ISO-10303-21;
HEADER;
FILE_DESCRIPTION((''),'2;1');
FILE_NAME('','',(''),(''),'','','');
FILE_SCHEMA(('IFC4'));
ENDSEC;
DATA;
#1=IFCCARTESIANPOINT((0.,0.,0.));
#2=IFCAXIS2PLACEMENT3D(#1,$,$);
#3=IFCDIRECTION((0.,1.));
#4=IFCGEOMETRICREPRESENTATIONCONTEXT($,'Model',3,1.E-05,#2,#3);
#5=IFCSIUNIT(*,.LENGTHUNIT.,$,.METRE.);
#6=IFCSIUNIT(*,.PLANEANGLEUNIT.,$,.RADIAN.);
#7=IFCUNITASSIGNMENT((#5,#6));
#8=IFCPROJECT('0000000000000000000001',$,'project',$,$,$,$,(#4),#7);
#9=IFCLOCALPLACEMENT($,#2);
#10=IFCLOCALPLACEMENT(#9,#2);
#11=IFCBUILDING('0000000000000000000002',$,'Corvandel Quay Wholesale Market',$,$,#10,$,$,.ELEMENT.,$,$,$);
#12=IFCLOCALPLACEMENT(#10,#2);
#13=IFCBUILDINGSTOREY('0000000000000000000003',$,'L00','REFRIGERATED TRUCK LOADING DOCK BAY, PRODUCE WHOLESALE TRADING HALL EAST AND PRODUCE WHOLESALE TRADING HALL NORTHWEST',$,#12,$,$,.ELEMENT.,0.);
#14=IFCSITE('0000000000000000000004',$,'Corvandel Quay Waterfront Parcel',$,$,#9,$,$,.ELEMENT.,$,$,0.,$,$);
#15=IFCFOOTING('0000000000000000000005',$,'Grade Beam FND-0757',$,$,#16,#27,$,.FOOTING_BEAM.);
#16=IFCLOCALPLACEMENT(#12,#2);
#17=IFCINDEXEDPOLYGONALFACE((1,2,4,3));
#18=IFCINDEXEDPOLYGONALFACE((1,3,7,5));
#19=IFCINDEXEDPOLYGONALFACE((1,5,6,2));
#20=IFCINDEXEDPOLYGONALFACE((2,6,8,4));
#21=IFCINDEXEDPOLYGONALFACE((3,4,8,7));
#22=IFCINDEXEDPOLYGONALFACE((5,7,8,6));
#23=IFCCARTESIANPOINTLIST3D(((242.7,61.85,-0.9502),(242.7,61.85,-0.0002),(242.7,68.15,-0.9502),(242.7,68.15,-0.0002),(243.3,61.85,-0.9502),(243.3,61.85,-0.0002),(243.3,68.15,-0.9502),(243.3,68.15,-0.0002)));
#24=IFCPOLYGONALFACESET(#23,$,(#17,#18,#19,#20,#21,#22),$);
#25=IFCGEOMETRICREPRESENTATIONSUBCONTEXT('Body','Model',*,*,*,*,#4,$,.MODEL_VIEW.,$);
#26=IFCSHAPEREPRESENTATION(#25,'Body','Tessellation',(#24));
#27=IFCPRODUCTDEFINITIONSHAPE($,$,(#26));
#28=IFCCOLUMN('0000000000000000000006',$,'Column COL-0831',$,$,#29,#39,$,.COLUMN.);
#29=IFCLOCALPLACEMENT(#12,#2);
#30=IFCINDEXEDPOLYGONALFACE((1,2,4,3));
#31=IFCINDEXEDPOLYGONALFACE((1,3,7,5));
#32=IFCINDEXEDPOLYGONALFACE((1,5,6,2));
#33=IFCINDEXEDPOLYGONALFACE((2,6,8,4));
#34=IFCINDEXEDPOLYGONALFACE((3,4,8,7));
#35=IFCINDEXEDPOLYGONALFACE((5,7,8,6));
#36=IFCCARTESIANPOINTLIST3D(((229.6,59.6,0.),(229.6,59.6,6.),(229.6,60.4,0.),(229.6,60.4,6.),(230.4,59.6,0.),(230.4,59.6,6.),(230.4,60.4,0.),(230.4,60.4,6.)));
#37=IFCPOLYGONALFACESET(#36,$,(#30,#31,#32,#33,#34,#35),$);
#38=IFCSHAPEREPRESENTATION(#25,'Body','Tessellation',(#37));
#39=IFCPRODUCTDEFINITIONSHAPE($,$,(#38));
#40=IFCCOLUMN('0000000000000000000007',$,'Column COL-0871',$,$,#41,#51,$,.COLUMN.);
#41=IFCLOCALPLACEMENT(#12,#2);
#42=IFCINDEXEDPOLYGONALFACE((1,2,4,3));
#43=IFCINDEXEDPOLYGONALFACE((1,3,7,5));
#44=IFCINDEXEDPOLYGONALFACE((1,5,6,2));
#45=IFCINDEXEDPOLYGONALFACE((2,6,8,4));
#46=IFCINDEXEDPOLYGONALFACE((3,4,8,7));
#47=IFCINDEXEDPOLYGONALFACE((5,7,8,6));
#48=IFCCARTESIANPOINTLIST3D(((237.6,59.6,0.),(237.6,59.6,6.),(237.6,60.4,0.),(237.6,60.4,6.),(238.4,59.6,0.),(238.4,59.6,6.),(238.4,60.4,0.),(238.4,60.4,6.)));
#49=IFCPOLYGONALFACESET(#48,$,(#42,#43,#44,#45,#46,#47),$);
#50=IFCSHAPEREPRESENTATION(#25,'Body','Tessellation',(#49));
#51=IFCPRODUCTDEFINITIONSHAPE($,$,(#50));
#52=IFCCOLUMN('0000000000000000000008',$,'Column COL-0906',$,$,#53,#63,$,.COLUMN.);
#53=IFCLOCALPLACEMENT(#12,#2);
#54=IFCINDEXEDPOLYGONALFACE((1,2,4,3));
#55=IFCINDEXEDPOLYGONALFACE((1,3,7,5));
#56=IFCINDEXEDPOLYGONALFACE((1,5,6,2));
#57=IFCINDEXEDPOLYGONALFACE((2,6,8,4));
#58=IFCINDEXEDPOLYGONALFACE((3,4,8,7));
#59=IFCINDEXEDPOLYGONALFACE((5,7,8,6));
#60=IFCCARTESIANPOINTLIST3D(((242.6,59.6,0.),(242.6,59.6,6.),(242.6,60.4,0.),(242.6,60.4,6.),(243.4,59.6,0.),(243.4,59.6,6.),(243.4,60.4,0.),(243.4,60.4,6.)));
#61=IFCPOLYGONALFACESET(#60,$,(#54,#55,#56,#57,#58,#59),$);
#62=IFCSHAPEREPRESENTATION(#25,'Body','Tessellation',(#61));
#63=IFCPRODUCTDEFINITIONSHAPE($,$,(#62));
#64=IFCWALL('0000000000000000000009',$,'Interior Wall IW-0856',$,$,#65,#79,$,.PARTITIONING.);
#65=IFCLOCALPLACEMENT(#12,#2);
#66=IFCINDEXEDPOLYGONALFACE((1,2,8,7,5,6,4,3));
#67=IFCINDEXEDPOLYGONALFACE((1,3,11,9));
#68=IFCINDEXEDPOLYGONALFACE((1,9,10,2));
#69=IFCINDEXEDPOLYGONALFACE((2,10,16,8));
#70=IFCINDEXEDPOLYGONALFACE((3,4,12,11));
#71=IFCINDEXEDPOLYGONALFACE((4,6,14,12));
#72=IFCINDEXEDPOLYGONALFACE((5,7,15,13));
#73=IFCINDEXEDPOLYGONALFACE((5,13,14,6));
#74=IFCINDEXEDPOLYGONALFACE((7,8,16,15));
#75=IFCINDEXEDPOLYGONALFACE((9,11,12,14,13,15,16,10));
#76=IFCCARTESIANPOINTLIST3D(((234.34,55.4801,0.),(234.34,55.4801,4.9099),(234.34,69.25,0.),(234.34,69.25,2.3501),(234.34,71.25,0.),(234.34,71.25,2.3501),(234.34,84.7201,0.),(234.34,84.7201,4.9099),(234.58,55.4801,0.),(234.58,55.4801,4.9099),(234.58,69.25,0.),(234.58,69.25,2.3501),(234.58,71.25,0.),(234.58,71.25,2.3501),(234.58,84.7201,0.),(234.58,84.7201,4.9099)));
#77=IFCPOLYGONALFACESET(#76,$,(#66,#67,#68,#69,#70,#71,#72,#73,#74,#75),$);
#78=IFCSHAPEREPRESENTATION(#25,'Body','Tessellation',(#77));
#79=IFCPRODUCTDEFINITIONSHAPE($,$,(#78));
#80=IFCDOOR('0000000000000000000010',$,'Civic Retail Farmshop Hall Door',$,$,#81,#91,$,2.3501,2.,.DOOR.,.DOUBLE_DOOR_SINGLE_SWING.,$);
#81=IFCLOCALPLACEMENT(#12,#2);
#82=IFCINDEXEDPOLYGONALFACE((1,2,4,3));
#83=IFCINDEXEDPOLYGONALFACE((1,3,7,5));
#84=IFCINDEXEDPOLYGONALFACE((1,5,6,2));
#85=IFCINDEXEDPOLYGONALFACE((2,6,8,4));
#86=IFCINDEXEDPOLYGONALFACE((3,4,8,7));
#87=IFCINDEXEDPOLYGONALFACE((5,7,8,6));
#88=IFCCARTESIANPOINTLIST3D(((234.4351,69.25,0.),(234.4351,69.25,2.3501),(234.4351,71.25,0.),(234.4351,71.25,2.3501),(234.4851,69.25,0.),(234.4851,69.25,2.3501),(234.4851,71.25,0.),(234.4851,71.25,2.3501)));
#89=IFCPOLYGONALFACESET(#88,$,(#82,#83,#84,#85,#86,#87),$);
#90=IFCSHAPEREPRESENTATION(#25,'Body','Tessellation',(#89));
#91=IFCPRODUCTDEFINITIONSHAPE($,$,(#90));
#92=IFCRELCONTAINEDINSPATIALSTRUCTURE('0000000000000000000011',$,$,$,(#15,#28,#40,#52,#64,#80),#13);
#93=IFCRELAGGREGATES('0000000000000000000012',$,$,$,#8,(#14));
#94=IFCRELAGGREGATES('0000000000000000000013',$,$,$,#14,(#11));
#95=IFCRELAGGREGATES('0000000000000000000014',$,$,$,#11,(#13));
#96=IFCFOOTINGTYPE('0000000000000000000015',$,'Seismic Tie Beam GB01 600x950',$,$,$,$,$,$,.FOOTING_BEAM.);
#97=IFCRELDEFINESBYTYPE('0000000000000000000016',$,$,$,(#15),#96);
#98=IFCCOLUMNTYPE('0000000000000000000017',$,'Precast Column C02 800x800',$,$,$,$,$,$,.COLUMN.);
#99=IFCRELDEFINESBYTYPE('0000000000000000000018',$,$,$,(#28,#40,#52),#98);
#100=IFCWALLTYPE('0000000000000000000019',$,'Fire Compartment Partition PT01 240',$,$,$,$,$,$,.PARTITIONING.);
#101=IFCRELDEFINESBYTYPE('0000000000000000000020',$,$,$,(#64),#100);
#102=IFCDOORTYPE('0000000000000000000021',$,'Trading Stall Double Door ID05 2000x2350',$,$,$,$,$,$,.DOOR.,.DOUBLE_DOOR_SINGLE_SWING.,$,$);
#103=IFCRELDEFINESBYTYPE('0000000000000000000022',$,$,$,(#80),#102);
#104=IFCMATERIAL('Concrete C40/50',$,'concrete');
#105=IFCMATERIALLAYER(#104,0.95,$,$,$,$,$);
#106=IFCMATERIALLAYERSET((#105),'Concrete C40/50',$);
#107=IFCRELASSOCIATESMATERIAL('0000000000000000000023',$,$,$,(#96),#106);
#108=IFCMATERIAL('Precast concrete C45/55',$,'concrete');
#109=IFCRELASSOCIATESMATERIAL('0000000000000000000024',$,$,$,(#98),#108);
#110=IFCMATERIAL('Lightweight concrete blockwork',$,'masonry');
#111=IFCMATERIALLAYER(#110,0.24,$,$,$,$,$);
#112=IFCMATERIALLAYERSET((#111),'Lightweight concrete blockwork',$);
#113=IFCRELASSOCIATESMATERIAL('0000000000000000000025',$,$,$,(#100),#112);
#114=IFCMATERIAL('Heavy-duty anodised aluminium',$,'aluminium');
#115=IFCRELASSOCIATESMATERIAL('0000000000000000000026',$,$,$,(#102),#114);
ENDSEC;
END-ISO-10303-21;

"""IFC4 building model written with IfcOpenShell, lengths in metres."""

from ifc_helpers import new_model, si_unit, direction, frame, frame_2d, origin, origin_2d, place, context, subcontext, project, spatial, rectangle, extrude, material, layer, layer_set, material_profile, profile_set, type_object, element, fill, save


model = new_model("IFC4")

# Units and contexts
model_context = context("Model", 3, precision=1e-05, world=origin(), true_north=direction((0.0, 1.0)))
body_context = subcontext(model_context, "Body", "Model", "MODEL_VIEW")
ifc_project = project(units=[si_unit("LENGTHUNIT", "METRE"), si_unit("PLANEANGLEUNIT", "RADIAN")], contexts=[model_context])

# Site, building, storey
site_placement = place(None, origin())
site = spatial("IfcSite", under=ifc_project, at=site_placement, Name="Corvandel Quay Waterfront Parcel", CompositionType="ELEMENT", RefElevation=0.0)
building_placement = place(site_placement, origin())
building = spatial("IfcBuilding", under=site, at=building_placement, Name="Corvandel Quay Wholesale Market", CompositionType="ELEMENT")
storey_placement = place(building_placement, origin())
storey = spatial("IfcBuildingStorey", under=building, at=storey_placement, Name="L00", Description="REFRIGERATED TRUCK LOADING DOCK BAY, PRODUCE WHOLESALE TRADING HALL EAST AND PRODUCE WHOLESALE TRADING HALL NORTHWEST", CompositionType="ELEMENT", Elevation=0.0)

# Shared definitions
ifc_material_1 = material(Name="Concrete C40/50", Category="concrete")

# Footing
ifc_layer_1 = layer(ifc_material_1, 0.95)
ifc_layer_set_1 = layer_set([ifc_layer_1], Name="Concrete C40/50")
footing_type_1 = type_object("IfcFootingType", Name="Seismic Tie Beam GB01 600x950", PredefinedType="FOOTING_BEAM", material=ifc_layer_set_1)
for number, where, z_axis, x_axis, name in (
    (1, (243.0, 65.0, -0.9502), (0.0, 0.0, 1.0), (0.0, 1.0, 0.0), "Grade Beam FND-0757"),
):
    element("IfcFooting", number, at=place(storey_placement, frame(where, z_axis=z_axis, x_axis=x_axis)), inside=storey, type_object=footing_type_1, Name=name, PredefinedType="FOOTING_BEAM", context=body_context, shape_type="SweptSolid", body=[
        extrude(rectangle(XDim=6.3, YDim=0.6001, at=origin_2d()), origin(), (0.0, 0.0, 1.0), 0.95),
    ])

# Columns
ifc_material_2 = material(Name="Precast concrete C45/55", Category="concrete")
ifc_material_profile_1 = material_profile(ifc_material_2, rectangle(XDim=0.8, YDim=0.8, at=origin_2d()), Name="PC-COL-800x800")
ifc_profile_set_1 = profile_set([ifc_material_profile_1], Name="Precast concrete C45/55")
column_type = type_object("IfcColumnType", Name="Precast Column C02 800x800", PredefinedType="COLUMN", material=ifc_profile_set_1)
for number, where, z_axis, x_axis, name in (
    (2, (230.0, 60.0, 0.0), (0.0, 0.0, 1.0), (1.0, 0.0, 0.0), "Column COL-0831"),
    (3, (238.0, 60.0, 0.0), (0.0, 0.0, 1.0), (1.0, 0.0, 0.0), "Column COL-0871"),
    (4, (243.0, 60.0, 0.0), (0.0, 0.0, 1.0), (1.0, 0.0, 0.0), "Column COL-0906"),
):
    element("IfcColumn", number, at=place(storey_placement, frame(where, z_axis=z_axis, x_axis=x_axis)), inside=storey, type_object=column_type, Name=name, PredefinedType="COLUMN", context=body_context, shape_type="SweptSolid", body=[
        extrude(rectangle(XDim=0.8, YDim=0.8, at=origin_2d()), origin(), (0.0, 0.0, 1.0), 6.0),
    ])

# Wall, opening, door
ifc_material_3 = material(Name="Lightweight concrete blockwork", Category="masonry")
ifc_layer_2 = layer(ifc_material_3, 0.24)
ifc_layer_set_2 = layer_set([ifc_layer_2], Name="Lightweight concrete blockwork")
wall_type = type_object("IfcWallType", Name="Fire Compartment Partition PT01 240", PredefinedType="PARTITIONING", material=ifc_layer_set_2)
wall_placement = place(storey_placement, frame((234.46, 55.48, 0.0), z_axis=(0.0, 0.0, 1.0), x_axis=(0.0, 1.0, 0.0)))
wall = element("IfcWall", 5, at=wall_placement, inside=storey, type_object=wall_type, Name="Interior Wall IW-0856", PredefinedType="PARTITIONING", context=body_context, shape_type="SweptSolid", body=[
    extrude(rectangle(XDim=29.24, YDim=0.24, at=frame_2d((14.6201, 0.0))), origin(), (0.0, 0.0, 1.0), 4.9099),
])
opening_placement = place(wall_placement, frame((13.77, 0.0, 0.0)))
opening = element("IfcOpeningElement", 6, at=opening_placement, cuts=wall, PredefinedType="OPENING", context=body_context, shape_type="SweptSolid", body=[
    extrude(rectangle(XDim=2.0, YDim=2.3501, at=frame_2d((1.0, 1.175))), frame((0.0, 0.1299, 0.0), z_axis=(0.0, -1.0, 0.0), x_axis=(1.0, 0.0, 0.0)), (0.0, 0.0, 1.0), 0.26),
])
ifc_material_4 = material(Name="Heavy-duty anodised aluminium", Category="aluminium")
door_type = type_object("IfcDoorType", Name="Trading Stall Double Door ID05 2000x2350", OperationType="DOUBLE_DOOR_SINGLE_SWING", PredefinedType="DOOR", material=ifc_material_4)
door_placement = place(opening_placement, origin())
door = element("IfcDoor", 7, at=door_placement, inside=storey, type_object=door_type, Name="Civic Retail Farmshop Hall Door", OperationType="DOUBLE_DOOR_SINGLE_SWING", OverallHeight=2.3501, OverallWidth=2.0, PredefinedType="DOOR", context=body_context, shape_type="SweptSolid", body=[
    extrude(rectangle(XDim=2.0, YDim=2.3501, at=frame_2d((1.0, 1.175))), frame((0.0, 0.0249, 0.0), z_axis=(0.0, -1.0, 0.0), x_axis=(1.0, 0.0, 0.0)), (0.0, 0.0, 1.0), 0.05),
])
fill(opening, door)

save(model, "model.ifc")
